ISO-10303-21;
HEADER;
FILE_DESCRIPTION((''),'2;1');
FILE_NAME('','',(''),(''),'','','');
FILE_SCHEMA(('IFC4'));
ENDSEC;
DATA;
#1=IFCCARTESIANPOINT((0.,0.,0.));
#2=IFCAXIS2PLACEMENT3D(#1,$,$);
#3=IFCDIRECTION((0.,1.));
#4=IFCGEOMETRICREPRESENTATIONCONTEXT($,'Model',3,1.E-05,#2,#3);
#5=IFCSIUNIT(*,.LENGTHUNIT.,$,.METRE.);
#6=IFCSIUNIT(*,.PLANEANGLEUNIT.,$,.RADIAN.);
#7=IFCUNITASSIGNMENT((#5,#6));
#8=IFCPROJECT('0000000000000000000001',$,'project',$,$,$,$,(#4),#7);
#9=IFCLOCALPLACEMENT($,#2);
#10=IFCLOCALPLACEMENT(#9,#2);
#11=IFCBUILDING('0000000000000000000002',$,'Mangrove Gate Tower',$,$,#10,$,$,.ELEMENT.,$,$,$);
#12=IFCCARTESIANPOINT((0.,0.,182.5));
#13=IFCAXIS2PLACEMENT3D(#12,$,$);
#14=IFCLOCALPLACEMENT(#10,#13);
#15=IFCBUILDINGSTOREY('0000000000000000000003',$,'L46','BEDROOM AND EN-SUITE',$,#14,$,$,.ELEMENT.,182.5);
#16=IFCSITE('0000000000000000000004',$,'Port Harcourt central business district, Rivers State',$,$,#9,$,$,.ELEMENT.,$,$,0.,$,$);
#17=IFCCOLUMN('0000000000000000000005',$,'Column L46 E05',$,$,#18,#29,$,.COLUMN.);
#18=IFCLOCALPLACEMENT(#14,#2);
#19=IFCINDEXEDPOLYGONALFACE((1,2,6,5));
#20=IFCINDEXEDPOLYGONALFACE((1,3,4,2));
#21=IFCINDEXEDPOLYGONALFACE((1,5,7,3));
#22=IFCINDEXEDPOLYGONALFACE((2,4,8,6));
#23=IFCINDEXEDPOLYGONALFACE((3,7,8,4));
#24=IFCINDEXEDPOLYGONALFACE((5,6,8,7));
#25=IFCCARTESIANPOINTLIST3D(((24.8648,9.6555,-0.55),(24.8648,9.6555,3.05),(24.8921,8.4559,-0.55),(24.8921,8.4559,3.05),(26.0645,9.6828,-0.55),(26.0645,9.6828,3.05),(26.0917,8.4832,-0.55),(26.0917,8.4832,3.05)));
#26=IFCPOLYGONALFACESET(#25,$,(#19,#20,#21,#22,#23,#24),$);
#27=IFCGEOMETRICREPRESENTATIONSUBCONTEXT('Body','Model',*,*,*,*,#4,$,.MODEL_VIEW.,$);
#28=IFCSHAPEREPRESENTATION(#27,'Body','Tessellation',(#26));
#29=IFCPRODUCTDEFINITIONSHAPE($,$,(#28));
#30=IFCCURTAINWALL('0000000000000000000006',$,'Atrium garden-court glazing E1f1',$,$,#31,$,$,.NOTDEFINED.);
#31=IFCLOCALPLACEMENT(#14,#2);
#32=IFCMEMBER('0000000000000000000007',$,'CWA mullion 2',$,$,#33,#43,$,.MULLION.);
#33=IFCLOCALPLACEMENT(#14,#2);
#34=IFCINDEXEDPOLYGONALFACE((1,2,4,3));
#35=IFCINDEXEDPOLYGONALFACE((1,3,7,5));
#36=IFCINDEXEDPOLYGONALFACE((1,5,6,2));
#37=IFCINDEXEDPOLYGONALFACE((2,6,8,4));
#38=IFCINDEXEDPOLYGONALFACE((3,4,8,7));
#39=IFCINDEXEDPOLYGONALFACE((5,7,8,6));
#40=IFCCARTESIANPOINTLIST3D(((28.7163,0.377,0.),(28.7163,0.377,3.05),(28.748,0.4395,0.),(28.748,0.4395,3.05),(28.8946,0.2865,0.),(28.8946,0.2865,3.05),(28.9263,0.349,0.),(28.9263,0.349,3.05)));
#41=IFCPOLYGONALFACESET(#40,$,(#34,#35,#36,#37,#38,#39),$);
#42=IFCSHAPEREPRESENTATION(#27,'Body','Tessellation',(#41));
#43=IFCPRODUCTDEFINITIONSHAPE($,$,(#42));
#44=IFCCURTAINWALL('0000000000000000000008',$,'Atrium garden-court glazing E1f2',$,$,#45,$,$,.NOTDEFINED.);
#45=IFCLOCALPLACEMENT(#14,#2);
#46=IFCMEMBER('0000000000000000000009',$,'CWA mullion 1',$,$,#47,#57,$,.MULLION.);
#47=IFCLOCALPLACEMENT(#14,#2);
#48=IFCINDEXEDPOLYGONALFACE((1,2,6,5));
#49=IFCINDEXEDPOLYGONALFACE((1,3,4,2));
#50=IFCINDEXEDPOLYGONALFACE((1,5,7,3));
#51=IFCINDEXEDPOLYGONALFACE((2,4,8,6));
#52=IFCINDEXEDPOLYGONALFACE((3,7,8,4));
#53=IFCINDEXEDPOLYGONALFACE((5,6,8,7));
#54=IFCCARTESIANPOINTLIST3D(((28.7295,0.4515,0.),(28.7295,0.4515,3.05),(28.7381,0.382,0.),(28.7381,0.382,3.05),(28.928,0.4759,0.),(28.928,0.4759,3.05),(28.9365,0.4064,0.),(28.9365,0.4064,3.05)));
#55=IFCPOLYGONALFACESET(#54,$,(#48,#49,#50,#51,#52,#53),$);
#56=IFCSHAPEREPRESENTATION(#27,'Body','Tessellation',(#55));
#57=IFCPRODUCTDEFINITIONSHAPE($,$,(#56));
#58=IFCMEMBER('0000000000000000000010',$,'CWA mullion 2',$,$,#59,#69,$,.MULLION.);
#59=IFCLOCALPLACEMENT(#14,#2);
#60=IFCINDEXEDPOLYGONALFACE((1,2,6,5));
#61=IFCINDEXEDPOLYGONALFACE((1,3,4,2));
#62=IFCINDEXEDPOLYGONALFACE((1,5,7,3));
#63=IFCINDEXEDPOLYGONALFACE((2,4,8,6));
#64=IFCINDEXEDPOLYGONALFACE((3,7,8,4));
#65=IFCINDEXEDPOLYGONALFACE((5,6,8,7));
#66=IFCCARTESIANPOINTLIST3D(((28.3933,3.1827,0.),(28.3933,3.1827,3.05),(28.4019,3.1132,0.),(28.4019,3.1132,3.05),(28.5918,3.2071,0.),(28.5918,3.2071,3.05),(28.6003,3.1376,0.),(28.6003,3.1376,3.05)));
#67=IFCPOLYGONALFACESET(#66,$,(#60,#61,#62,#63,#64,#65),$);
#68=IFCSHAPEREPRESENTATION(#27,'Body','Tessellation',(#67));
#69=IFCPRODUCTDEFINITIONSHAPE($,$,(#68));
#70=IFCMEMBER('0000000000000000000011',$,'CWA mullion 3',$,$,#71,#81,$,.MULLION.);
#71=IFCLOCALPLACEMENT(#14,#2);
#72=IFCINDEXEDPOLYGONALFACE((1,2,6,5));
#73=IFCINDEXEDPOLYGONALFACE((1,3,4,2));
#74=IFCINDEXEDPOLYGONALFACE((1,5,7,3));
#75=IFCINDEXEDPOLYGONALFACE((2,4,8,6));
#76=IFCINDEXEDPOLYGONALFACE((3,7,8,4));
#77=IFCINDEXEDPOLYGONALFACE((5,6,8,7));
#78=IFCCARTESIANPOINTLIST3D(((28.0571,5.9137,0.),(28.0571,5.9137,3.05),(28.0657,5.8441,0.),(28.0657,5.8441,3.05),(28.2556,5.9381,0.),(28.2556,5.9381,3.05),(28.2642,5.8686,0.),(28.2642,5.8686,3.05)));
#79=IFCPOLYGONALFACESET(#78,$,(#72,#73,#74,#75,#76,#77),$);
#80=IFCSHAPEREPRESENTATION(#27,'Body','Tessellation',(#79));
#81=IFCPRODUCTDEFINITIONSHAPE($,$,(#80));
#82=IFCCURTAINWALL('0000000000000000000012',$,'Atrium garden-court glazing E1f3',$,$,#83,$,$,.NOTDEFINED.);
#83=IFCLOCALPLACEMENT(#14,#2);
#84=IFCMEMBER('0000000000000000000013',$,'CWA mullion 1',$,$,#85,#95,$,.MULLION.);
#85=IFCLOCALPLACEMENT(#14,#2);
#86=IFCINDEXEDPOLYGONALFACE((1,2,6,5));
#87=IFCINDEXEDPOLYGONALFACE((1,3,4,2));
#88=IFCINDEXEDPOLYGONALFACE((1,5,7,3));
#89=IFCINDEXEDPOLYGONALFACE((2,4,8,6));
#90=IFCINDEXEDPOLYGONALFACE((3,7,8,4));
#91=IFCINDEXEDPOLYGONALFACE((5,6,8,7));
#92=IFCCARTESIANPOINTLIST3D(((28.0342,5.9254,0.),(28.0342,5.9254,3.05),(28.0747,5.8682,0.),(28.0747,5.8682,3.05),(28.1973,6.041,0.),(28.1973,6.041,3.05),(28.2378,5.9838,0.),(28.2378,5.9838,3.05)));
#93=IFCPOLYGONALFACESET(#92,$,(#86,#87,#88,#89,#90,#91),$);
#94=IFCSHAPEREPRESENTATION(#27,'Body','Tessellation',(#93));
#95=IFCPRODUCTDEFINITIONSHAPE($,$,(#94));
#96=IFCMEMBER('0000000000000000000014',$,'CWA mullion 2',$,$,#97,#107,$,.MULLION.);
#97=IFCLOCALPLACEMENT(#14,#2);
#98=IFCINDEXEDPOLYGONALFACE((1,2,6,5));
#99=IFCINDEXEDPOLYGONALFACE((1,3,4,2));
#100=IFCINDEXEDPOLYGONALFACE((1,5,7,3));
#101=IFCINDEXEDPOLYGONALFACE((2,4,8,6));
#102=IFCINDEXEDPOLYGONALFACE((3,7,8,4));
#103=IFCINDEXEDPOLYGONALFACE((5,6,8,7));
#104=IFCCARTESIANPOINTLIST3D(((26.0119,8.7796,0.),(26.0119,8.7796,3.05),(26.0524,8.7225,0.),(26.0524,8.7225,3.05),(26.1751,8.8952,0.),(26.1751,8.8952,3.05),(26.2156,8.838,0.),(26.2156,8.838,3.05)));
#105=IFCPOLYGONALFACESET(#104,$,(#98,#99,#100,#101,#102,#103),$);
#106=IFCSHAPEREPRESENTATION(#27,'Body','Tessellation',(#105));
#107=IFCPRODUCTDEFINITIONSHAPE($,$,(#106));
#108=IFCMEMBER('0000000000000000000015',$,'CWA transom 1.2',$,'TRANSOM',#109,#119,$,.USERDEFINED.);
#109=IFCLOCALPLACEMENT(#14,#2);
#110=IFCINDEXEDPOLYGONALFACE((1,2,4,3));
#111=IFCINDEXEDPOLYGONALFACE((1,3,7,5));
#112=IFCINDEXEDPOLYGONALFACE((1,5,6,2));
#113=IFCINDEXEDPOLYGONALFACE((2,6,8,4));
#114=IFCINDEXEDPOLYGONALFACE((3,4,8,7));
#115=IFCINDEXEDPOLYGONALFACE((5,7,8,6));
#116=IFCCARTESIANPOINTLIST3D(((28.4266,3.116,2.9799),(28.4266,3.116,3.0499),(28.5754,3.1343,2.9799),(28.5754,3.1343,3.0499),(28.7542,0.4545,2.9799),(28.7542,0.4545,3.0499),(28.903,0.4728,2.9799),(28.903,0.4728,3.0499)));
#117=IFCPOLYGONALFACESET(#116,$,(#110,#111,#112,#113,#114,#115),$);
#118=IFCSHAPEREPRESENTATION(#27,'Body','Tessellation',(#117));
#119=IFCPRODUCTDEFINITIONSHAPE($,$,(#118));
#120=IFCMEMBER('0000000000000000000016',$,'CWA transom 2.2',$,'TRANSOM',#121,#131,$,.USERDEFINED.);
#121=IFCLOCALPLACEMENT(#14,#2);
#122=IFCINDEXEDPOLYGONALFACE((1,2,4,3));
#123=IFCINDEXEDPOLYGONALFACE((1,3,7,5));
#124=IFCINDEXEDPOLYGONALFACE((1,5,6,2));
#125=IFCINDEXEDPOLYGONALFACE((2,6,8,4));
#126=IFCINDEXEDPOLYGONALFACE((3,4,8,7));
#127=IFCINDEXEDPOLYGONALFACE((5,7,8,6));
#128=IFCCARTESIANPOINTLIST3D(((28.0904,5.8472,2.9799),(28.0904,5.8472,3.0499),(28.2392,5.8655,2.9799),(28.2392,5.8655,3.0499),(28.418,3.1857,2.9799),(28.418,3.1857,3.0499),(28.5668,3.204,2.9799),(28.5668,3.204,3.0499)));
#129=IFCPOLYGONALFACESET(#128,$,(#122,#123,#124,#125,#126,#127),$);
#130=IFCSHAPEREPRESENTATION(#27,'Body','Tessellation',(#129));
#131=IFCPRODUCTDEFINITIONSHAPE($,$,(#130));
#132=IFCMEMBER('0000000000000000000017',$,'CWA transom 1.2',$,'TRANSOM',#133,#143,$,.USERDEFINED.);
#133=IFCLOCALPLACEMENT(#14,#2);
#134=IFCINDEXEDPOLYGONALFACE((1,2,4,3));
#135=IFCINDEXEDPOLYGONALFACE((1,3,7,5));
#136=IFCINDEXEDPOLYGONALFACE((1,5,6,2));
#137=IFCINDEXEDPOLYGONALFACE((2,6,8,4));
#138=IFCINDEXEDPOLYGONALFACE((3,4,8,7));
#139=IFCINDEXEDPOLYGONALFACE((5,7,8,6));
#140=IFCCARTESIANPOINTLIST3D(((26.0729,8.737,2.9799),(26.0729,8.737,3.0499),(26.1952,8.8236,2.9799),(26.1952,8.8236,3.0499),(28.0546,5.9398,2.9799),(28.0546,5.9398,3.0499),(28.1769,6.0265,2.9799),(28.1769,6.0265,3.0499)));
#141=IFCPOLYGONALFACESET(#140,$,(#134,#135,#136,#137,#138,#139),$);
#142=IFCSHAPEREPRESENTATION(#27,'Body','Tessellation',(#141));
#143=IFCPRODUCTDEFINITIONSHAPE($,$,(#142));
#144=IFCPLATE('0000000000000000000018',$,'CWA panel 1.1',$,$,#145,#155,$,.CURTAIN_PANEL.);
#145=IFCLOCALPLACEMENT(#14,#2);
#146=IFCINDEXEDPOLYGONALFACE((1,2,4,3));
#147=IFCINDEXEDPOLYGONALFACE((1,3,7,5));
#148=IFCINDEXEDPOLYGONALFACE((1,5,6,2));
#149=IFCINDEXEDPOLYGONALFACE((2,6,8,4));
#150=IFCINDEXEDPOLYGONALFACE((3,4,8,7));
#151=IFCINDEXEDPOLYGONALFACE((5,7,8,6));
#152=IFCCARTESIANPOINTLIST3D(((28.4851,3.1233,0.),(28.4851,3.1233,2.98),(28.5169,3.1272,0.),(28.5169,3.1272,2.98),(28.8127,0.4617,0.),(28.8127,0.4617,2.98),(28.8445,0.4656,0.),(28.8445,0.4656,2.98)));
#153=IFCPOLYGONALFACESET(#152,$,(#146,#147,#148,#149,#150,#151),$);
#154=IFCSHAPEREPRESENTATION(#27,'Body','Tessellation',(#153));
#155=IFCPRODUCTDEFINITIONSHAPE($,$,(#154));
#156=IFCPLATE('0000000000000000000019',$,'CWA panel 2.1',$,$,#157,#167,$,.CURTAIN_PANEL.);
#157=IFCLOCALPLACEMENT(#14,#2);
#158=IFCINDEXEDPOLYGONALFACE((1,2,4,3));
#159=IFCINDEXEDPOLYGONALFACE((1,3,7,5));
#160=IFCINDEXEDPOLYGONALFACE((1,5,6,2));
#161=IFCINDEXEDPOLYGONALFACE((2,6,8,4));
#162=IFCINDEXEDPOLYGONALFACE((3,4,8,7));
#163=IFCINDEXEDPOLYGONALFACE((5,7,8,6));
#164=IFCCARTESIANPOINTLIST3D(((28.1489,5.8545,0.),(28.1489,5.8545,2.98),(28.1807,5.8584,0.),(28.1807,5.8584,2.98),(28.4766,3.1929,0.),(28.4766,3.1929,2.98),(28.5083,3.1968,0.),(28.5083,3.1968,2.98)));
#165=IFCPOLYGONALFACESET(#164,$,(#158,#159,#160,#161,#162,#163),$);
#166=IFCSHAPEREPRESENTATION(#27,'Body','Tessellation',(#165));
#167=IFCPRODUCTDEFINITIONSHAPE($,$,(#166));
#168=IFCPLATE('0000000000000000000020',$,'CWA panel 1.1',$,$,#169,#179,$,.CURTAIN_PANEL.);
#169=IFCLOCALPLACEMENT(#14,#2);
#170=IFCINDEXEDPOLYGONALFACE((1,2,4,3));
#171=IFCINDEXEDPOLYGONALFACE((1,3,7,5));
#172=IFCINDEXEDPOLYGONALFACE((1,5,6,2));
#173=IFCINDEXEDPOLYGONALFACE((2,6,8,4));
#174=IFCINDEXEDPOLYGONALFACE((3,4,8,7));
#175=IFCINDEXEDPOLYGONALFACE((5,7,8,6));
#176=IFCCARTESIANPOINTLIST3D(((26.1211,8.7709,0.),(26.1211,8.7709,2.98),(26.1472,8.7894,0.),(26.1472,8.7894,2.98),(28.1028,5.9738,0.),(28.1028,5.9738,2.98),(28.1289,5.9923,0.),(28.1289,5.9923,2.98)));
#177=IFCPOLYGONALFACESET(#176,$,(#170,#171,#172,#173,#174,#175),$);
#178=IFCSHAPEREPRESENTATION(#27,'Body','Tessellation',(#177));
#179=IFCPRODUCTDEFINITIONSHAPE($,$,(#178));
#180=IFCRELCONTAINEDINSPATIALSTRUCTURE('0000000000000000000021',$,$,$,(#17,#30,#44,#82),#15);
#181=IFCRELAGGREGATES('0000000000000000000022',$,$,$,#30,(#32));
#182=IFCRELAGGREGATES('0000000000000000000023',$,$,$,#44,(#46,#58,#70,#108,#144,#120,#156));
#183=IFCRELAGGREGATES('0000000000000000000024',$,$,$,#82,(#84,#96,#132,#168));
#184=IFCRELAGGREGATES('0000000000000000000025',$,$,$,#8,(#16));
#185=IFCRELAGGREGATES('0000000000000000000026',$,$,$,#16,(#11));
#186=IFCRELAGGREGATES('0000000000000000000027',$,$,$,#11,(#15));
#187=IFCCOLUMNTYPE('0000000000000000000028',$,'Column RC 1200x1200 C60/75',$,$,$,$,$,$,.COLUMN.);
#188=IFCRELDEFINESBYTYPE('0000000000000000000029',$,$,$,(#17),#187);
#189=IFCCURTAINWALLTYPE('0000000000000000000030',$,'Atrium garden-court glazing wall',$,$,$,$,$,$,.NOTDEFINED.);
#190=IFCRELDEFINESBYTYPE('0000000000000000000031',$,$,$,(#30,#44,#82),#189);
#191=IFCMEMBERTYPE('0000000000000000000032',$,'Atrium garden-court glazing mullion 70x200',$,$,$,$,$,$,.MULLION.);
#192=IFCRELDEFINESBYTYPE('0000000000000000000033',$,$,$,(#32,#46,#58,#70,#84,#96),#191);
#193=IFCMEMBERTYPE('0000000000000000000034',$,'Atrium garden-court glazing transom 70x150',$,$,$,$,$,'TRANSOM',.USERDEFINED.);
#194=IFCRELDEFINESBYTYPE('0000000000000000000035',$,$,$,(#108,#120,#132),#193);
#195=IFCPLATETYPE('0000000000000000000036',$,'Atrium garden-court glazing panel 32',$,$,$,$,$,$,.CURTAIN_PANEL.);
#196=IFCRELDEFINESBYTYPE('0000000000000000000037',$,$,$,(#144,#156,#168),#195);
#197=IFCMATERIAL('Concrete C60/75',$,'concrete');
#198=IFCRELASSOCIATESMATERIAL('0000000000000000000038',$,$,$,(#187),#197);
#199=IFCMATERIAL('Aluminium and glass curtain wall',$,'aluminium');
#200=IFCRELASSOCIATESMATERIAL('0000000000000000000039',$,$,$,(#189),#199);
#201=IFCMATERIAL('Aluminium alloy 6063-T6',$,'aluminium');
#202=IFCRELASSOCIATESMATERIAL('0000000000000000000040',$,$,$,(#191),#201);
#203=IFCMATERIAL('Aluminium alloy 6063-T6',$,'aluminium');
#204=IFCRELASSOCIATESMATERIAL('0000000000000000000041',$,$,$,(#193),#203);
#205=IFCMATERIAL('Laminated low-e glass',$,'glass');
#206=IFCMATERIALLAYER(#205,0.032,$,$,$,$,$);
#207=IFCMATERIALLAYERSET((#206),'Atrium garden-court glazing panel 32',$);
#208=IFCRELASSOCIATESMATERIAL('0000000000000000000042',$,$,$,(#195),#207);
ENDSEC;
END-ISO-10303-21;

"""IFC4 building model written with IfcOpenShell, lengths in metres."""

from ifc_helpers import new_model, si_unit, direction, frame, origin, origin_2d, place, context, subcontext, project, spatial, rectangle, extrude, material, layer, layer_set, material_profile, profile_set, type_object, element, aggregate, save


model = new_model("IFC4")

# Units and contexts
model_context = context("Model", 3, precision=1e-05, world=origin(), true_north=direction((0.0, 1.0)))
body_context = subcontext(model_context, "Body", "Model", "MODEL_VIEW")
ifc_project = project(units=[si_unit("LENGTHUNIT", "METRE"), si_unit("PLANEANGLEUNIT", "RADIAN")], contexts=[model_context])

# Site, building, storey
site_placement = place(None, origin())
site = spatial("IfcSite", under=ifc_project, at=site_placement, Name="Port Harcourt central business district, Rivers State", CompositionType="ELEMENT", RefElevation=0.0)
building_placement = place(site_placement, origin())
building = spatial("IfcBuilding", under=site, at=building_placement, Name="Mangrove Gate Tower", CompositionType="ELEMENT")
storey_placement = place(building_placement, frame((0.0, 0.0, 182.5)))
storey = spatial("IfcBuildingStorey", under=building, at=storey_placement, Name="L46", Description="BEDROOM AND EN-SUITE", CompositionType="ELEMENT", Elevation=182.5)

# Column
ifc_material_1 = material(Name="Concrete C60/75", Category="concrete")
ifc_material_profile_1 = material_profile(ifc_material_1, rectangle(XDim=1.2, YDim=1.2, at=origin_2d()))
ifc_profile_set_1 = profile_set([ifc_material_profile_1], Name="Concrete C60/75")
column_type = type_object("IfcColumnType", Name="Column RC 1200x1200 C60/75", PredefinedType="COLUMN", material=ifc_profile_set_1)
column_placement = place(storey_placement, frame((25.4783, 9.0693, -0.55), z_axis=(0.0, 0.0, 1.0), x_axis=(-0.022731, 0.999742, 0.0)))
element("IfcColumn", 1, at=column_placement, inside=storey, type_object=column_type, Name="Column L46 E05", PredefinedType="COLUMN", context=body_context, shape_type="SweptSolid", body=[
    extrude(rectangle(XDim=1.2, YDim=1.2, at=origin_2d()), origin(), (0.0, 0.0, 1.0), 3.6001),
])

# Curtain wall, member
ifc_material_2 = material(Name="Aluminium and glass curtain wall", Category="aluminium")
curtain_wall_type = type_object("IfcCurtainWallType", Name="Atrium garden-court glazing wall", PredefinedType="NOTDEFINED", material=ifc_material_2)
curtain_wall_1_placement = place(storey_placement, origin())
curtain_wall_1 = element("IfcCurtainWall", 2, at=curtain_wall_1_placement, inside=storey, type_object=curtain_wall_type, Name="Atrium garden-court glazing E1f1", PredefinedType="NOTDEFINED")
ifc_material_3 = material(Name="Aluminium alloy 6063-T6", Category="aluminium")
ifc_material_profile_2 = material_profile(ifc_material_3, rectangle(XDim=0.0701, YDim=0.2, at=origin_2d()))
ifc_profile_set_2 = profile_set([ifc_material_profile_2], Name="Aluminium alloy 6063-T6")
member_type_1 = type_object("IfcMemberType", Name="Atrium garden-court glazing mullion 70x200", PredefinedType="MULLION", material=ifc_profile_set_2)
member_1_placement = place(storey_placement, frame((28.8213, 0.363, 0.0), z_axis=(0.0, 0.0, 1.0), x_axis=(0.452578, 0.891725, 0.0)))
member_1 = element("IfcMember", 3, at=member_1_placement, type_object=member_type_1, Name="CWA mullion 2", PredefinedType="MULLION", context=body_context, shape_type="SweptSolid", body=[
    extrude(rectangle(XDim=0.0701, YDim=0.2, at=origin_2d()), origin(), (0.0, 0.0, 1.0), 3.05),
])
aggregate(curtain_wall_1, [member_1])

# Curtain walls, members
curtain_wall_2_placement = place(storey_placement, origin())
curtain_wall_2 = element("IfcCurtainWall", 4, at=curtain_wall_2_placement, inside=storey, type_object=curtain_wall_type, Name="Atrium garden-court glazing E1f2", PredefinedType="NOTDEFINED")
member_2_placement = place(storey_placement, frame((28.833, 0.429, 0.0), z_axis=(0.0, 0.0, 1.0), x_axis=(-0.122172, 0.992509, 0.0)))
member_2 = element("IfcMember", 5, at=member_2_placement, type_object=member_type_1, Name="CWA mullion 1", PredefinedType="MULLION", context=body_context, shape_type="SweptSolid", body=[
    extrude(rectangle(XDim=0.0701, YDim=0.2, at=origin_2d()), origin(), (0.0, 0.0, 1.0), 3.05),
])
member_3_placement = place(storey_placement, frame((28.4968, 3.1602, 0.0), z_axis=(0.0, 0.0, 1.0), x_axis=(-0.122172, 0.992509, 0.0)))
member_3 = element("IfcMember", 6, at=member_3_placement, type_object=member_type_1, Name="CWA mullion 2", PredefinedType="MULLION", context=body_context, shape_type="SweptSolid", body=[
    extrude(rectangle(XDim=0.0701, YDim=0.2, at=origin_2d()), origin(), (0.0, 0.0, 1.0), 3.05),
])
member_4_placement = place(storey_placement, frame((28.1606, 5.8911, 0.0), z_axis=(0.0, 0.0, 1.0), x_axis=(-0.122172, 0.992509, 0.0)))
member_4 = element("IfcMember", 7, at=member_4_placement, type_object=member_type_1, Name="CWA mullion 3", PredefinedType="MULLION", context=body_context, shape_type="SweptSolid", body=[
    extrude(rectangle(XDim=0.0701, YDim=0.2, at=origin_2d()), origin(), (0.0, 0.0, 1.0), 3.05),
])
curtain_wall_3_placement = place(storey_placement, origin())
curtain_wall_3 = element("IfcCurtainWall", 8, at=curtain_wall_3_placement, inside=storey, type_object=curtain_wall_type, Name="Atrium garden-court glazing E1f3", PredefinedType="NOTDEFINED")
member_5_placement = place(storey_placement, frame((28.136, 5.9546, 0.0), z_axis=(0.0, 0.0, 1.0), x_axis=(-0.578106, 0.815961, 0.0)))
member_5 = element("IfcMember", 9, at=member_5_placement, type_object=member_type_1, Name="CWA mullion 1", PredefinedType="MULLION", context=body_context, shape_type="SweptSolid", body=[
    extrude(rectangle(XDim=0.0701, YDim=0.2, at=origin_2d()), origin(), (0.0, 0.0, 1.0), 3.05),
])
member_6_placement = place(storey_placement, frame((26.1138, 8.8088, 0.0), z_axis=(0.0, 0.0, 1.0), x_axis=(-0.578106, 0.815961, 0.0)))
member_6 = element("IfcMember", 10, at=member_6_placement, type_object=member_type_1, Name="CWA mullion 2", PredefinedType="MULLION", context=body_context, shape_type="SweptSolid", body=[
    extrude(rectangle(XDim=0.0701, YDim=0.2, at=origin_2d()), origin(), (0.0, 0.0, 1.0), 3.05),
])

# Members
ifc_material_4 = material(Name="Aluminium alloy 6063-T6", Category="aluminium")
ifc_material_profile_3 = material_profile(ifc_material_4, rectangle(XDim=0.0701, YDim=0.1499, at=origin_2d()))
ifc_profile_set_3 = profile_set([ifc_material_profile_3], Name="Aluminium alloy 6063-T6")
member_type_2 = type_object("IfcMemberType", Name="Atrium garden-court glazing transom 70x150", ElementType="TRANSOM", PredefinedType="USERDEFINED", material=ifc_profile_set_3)
member_7_placement = place(storey_placement, frame((28.8286, 0.4636, 3.0149), z_axis=(-0.122175, 0.992509, 0.0), x_axis=(0.0, 0.0, 1.0)))
member_7 = element("IfcMember", 11, at=member_7_placement, type_object=member_type_2, Name="CWA transom 1.2", ObjectType="TRANSOM", PredefinedType="USERDEFINED", context=body_context, shape_type="SweptSolid", body=[
    extrude(rectangle(XDim=0.0701, YDim=0.1499, at=origin_2d()), origin(), (0.0, 0.0, 1.0), 2.6816),
])
member_8_placement = place(storey_placement, frame((28.4924, 3.1948, 3.0149), z_axis=(-0.122175, 0.992509, 0.0), x_axis=(0.0, 0.0, 1.0)))
member_8 = element("IfcMember", 12, at=member_8_placement, type_object=member_type_2, Name="CWA transom 2.2", ObjectType="TRANSOM", PredefinedType="USERDEFINED", context=body_context, shape_type="SweptSolid", body=[
    extrude(rectangle(XDim=0.0701, YDim=0.1499, at=origin_2d()), origin(), (0.0, 0.0, 1.0), 2.6816),
])
member_9_placement = place(storey_placement, frame((28.1157, 5.9832, 3.0149), z_axis=(-0.578094, 0.81597, 0.0), x_axis=(0.0, 0.0, 1.0)))
member_9 = element("IfcMember", 13, at=member_9_placement, type_object=member_type_2, Name="CWA transom 1.2", ObjectType="TRANSOM", PredefinedType="USERDEFINED", context=body_context, shape_type="SweptSolid", body=[
    extrude(rectangle(XDim=0.0701, YDim=0.1499, at=origin_2d()), origin(), (0.0, 0.0, 1.0), 3.428),
])

# Plates
ifc_material_5 = material(Name="Laminated low-e glass", Category="glass")
ifc_layer_1 = layer(ifc_material_5, 0.032)
ifc_layer_set_1 = layer_set([ifc_layer_1], Name="Atrium garden-court glazing panel 32")
plate_type = type_object("IfcPlateType", Name="Atrium garden-court glazing panel 32", PredefinedType="CURTAIN_PANEL", material=ifc_layer_set_1)
plate_1_placement = place(storey_placement, frame((28.6648, 1.7944, 0.0), z_axis=(0.0, 0.0, 1.0), x_axis=(-0.122172, 0.992509, 0.0)))
plate_1 = element("IfcPlate", 14, at=plate_1_placement, type_object=plate_type, Name="CWA panel 1.1", PredefinedType="CURTAIN_PANEL", context=body_context, shape_type="SweptSolid", body=[
    extrude(rectangle(XDim=2.6816, YDim=0.032, at=origin_2d()), origin(), (0.0, 0.0, 1.0), 2.98),
])
plate_2_placement = place(storey_placement, frame((28.3286, 4.5256, 0.0), z_axis=(0.0, 0.0, 1.0), x_axis=(-0.122172, 0.992509, 0.0)))
plate_2 = element("IfcPlate", 15, at=plate_2_placement, type_object=plate_type, Name="CWA panel 2.1", PredefinedType="CURTAIN_PANEL", context=body_context, shape_type="SweptSolid", body=[
    extrude(rectangle(XDim=2.6816, YDim=0.032, at=origin_2d()), origin(), (0.0, 0.0, 1.0), 2.98),
])
aggregate(curtain_wall_2, [member_2, member_3, member_4, member_7, plate_1, member_8, plate_2])
plate_3_placement = place(storey_placement, frame((27.125, 7.3816, 0.0), z_axis=(0.0, 0.0, 1.0), x_axis=(-0.578106, 0.815961, 0.0)))
plate_3 = element("IfcPlate", 16, at=plate_3_placement, type_object=plate_type, Name="CWA panel 1.1", PredefinedType="CURTAIN_PANEL", context=body_context, shape_type="SweptSolid", body=[
    extrude(rectangle(XDim=3.428, YDim=0.032, at=origin_2d()), origin(), (0.0, 0.0, 1.0), 2.98),
])
aggregate(curtain_wall_3, [member_5, member_6, member_9, plate_3])

save(model, "model.ifc")
